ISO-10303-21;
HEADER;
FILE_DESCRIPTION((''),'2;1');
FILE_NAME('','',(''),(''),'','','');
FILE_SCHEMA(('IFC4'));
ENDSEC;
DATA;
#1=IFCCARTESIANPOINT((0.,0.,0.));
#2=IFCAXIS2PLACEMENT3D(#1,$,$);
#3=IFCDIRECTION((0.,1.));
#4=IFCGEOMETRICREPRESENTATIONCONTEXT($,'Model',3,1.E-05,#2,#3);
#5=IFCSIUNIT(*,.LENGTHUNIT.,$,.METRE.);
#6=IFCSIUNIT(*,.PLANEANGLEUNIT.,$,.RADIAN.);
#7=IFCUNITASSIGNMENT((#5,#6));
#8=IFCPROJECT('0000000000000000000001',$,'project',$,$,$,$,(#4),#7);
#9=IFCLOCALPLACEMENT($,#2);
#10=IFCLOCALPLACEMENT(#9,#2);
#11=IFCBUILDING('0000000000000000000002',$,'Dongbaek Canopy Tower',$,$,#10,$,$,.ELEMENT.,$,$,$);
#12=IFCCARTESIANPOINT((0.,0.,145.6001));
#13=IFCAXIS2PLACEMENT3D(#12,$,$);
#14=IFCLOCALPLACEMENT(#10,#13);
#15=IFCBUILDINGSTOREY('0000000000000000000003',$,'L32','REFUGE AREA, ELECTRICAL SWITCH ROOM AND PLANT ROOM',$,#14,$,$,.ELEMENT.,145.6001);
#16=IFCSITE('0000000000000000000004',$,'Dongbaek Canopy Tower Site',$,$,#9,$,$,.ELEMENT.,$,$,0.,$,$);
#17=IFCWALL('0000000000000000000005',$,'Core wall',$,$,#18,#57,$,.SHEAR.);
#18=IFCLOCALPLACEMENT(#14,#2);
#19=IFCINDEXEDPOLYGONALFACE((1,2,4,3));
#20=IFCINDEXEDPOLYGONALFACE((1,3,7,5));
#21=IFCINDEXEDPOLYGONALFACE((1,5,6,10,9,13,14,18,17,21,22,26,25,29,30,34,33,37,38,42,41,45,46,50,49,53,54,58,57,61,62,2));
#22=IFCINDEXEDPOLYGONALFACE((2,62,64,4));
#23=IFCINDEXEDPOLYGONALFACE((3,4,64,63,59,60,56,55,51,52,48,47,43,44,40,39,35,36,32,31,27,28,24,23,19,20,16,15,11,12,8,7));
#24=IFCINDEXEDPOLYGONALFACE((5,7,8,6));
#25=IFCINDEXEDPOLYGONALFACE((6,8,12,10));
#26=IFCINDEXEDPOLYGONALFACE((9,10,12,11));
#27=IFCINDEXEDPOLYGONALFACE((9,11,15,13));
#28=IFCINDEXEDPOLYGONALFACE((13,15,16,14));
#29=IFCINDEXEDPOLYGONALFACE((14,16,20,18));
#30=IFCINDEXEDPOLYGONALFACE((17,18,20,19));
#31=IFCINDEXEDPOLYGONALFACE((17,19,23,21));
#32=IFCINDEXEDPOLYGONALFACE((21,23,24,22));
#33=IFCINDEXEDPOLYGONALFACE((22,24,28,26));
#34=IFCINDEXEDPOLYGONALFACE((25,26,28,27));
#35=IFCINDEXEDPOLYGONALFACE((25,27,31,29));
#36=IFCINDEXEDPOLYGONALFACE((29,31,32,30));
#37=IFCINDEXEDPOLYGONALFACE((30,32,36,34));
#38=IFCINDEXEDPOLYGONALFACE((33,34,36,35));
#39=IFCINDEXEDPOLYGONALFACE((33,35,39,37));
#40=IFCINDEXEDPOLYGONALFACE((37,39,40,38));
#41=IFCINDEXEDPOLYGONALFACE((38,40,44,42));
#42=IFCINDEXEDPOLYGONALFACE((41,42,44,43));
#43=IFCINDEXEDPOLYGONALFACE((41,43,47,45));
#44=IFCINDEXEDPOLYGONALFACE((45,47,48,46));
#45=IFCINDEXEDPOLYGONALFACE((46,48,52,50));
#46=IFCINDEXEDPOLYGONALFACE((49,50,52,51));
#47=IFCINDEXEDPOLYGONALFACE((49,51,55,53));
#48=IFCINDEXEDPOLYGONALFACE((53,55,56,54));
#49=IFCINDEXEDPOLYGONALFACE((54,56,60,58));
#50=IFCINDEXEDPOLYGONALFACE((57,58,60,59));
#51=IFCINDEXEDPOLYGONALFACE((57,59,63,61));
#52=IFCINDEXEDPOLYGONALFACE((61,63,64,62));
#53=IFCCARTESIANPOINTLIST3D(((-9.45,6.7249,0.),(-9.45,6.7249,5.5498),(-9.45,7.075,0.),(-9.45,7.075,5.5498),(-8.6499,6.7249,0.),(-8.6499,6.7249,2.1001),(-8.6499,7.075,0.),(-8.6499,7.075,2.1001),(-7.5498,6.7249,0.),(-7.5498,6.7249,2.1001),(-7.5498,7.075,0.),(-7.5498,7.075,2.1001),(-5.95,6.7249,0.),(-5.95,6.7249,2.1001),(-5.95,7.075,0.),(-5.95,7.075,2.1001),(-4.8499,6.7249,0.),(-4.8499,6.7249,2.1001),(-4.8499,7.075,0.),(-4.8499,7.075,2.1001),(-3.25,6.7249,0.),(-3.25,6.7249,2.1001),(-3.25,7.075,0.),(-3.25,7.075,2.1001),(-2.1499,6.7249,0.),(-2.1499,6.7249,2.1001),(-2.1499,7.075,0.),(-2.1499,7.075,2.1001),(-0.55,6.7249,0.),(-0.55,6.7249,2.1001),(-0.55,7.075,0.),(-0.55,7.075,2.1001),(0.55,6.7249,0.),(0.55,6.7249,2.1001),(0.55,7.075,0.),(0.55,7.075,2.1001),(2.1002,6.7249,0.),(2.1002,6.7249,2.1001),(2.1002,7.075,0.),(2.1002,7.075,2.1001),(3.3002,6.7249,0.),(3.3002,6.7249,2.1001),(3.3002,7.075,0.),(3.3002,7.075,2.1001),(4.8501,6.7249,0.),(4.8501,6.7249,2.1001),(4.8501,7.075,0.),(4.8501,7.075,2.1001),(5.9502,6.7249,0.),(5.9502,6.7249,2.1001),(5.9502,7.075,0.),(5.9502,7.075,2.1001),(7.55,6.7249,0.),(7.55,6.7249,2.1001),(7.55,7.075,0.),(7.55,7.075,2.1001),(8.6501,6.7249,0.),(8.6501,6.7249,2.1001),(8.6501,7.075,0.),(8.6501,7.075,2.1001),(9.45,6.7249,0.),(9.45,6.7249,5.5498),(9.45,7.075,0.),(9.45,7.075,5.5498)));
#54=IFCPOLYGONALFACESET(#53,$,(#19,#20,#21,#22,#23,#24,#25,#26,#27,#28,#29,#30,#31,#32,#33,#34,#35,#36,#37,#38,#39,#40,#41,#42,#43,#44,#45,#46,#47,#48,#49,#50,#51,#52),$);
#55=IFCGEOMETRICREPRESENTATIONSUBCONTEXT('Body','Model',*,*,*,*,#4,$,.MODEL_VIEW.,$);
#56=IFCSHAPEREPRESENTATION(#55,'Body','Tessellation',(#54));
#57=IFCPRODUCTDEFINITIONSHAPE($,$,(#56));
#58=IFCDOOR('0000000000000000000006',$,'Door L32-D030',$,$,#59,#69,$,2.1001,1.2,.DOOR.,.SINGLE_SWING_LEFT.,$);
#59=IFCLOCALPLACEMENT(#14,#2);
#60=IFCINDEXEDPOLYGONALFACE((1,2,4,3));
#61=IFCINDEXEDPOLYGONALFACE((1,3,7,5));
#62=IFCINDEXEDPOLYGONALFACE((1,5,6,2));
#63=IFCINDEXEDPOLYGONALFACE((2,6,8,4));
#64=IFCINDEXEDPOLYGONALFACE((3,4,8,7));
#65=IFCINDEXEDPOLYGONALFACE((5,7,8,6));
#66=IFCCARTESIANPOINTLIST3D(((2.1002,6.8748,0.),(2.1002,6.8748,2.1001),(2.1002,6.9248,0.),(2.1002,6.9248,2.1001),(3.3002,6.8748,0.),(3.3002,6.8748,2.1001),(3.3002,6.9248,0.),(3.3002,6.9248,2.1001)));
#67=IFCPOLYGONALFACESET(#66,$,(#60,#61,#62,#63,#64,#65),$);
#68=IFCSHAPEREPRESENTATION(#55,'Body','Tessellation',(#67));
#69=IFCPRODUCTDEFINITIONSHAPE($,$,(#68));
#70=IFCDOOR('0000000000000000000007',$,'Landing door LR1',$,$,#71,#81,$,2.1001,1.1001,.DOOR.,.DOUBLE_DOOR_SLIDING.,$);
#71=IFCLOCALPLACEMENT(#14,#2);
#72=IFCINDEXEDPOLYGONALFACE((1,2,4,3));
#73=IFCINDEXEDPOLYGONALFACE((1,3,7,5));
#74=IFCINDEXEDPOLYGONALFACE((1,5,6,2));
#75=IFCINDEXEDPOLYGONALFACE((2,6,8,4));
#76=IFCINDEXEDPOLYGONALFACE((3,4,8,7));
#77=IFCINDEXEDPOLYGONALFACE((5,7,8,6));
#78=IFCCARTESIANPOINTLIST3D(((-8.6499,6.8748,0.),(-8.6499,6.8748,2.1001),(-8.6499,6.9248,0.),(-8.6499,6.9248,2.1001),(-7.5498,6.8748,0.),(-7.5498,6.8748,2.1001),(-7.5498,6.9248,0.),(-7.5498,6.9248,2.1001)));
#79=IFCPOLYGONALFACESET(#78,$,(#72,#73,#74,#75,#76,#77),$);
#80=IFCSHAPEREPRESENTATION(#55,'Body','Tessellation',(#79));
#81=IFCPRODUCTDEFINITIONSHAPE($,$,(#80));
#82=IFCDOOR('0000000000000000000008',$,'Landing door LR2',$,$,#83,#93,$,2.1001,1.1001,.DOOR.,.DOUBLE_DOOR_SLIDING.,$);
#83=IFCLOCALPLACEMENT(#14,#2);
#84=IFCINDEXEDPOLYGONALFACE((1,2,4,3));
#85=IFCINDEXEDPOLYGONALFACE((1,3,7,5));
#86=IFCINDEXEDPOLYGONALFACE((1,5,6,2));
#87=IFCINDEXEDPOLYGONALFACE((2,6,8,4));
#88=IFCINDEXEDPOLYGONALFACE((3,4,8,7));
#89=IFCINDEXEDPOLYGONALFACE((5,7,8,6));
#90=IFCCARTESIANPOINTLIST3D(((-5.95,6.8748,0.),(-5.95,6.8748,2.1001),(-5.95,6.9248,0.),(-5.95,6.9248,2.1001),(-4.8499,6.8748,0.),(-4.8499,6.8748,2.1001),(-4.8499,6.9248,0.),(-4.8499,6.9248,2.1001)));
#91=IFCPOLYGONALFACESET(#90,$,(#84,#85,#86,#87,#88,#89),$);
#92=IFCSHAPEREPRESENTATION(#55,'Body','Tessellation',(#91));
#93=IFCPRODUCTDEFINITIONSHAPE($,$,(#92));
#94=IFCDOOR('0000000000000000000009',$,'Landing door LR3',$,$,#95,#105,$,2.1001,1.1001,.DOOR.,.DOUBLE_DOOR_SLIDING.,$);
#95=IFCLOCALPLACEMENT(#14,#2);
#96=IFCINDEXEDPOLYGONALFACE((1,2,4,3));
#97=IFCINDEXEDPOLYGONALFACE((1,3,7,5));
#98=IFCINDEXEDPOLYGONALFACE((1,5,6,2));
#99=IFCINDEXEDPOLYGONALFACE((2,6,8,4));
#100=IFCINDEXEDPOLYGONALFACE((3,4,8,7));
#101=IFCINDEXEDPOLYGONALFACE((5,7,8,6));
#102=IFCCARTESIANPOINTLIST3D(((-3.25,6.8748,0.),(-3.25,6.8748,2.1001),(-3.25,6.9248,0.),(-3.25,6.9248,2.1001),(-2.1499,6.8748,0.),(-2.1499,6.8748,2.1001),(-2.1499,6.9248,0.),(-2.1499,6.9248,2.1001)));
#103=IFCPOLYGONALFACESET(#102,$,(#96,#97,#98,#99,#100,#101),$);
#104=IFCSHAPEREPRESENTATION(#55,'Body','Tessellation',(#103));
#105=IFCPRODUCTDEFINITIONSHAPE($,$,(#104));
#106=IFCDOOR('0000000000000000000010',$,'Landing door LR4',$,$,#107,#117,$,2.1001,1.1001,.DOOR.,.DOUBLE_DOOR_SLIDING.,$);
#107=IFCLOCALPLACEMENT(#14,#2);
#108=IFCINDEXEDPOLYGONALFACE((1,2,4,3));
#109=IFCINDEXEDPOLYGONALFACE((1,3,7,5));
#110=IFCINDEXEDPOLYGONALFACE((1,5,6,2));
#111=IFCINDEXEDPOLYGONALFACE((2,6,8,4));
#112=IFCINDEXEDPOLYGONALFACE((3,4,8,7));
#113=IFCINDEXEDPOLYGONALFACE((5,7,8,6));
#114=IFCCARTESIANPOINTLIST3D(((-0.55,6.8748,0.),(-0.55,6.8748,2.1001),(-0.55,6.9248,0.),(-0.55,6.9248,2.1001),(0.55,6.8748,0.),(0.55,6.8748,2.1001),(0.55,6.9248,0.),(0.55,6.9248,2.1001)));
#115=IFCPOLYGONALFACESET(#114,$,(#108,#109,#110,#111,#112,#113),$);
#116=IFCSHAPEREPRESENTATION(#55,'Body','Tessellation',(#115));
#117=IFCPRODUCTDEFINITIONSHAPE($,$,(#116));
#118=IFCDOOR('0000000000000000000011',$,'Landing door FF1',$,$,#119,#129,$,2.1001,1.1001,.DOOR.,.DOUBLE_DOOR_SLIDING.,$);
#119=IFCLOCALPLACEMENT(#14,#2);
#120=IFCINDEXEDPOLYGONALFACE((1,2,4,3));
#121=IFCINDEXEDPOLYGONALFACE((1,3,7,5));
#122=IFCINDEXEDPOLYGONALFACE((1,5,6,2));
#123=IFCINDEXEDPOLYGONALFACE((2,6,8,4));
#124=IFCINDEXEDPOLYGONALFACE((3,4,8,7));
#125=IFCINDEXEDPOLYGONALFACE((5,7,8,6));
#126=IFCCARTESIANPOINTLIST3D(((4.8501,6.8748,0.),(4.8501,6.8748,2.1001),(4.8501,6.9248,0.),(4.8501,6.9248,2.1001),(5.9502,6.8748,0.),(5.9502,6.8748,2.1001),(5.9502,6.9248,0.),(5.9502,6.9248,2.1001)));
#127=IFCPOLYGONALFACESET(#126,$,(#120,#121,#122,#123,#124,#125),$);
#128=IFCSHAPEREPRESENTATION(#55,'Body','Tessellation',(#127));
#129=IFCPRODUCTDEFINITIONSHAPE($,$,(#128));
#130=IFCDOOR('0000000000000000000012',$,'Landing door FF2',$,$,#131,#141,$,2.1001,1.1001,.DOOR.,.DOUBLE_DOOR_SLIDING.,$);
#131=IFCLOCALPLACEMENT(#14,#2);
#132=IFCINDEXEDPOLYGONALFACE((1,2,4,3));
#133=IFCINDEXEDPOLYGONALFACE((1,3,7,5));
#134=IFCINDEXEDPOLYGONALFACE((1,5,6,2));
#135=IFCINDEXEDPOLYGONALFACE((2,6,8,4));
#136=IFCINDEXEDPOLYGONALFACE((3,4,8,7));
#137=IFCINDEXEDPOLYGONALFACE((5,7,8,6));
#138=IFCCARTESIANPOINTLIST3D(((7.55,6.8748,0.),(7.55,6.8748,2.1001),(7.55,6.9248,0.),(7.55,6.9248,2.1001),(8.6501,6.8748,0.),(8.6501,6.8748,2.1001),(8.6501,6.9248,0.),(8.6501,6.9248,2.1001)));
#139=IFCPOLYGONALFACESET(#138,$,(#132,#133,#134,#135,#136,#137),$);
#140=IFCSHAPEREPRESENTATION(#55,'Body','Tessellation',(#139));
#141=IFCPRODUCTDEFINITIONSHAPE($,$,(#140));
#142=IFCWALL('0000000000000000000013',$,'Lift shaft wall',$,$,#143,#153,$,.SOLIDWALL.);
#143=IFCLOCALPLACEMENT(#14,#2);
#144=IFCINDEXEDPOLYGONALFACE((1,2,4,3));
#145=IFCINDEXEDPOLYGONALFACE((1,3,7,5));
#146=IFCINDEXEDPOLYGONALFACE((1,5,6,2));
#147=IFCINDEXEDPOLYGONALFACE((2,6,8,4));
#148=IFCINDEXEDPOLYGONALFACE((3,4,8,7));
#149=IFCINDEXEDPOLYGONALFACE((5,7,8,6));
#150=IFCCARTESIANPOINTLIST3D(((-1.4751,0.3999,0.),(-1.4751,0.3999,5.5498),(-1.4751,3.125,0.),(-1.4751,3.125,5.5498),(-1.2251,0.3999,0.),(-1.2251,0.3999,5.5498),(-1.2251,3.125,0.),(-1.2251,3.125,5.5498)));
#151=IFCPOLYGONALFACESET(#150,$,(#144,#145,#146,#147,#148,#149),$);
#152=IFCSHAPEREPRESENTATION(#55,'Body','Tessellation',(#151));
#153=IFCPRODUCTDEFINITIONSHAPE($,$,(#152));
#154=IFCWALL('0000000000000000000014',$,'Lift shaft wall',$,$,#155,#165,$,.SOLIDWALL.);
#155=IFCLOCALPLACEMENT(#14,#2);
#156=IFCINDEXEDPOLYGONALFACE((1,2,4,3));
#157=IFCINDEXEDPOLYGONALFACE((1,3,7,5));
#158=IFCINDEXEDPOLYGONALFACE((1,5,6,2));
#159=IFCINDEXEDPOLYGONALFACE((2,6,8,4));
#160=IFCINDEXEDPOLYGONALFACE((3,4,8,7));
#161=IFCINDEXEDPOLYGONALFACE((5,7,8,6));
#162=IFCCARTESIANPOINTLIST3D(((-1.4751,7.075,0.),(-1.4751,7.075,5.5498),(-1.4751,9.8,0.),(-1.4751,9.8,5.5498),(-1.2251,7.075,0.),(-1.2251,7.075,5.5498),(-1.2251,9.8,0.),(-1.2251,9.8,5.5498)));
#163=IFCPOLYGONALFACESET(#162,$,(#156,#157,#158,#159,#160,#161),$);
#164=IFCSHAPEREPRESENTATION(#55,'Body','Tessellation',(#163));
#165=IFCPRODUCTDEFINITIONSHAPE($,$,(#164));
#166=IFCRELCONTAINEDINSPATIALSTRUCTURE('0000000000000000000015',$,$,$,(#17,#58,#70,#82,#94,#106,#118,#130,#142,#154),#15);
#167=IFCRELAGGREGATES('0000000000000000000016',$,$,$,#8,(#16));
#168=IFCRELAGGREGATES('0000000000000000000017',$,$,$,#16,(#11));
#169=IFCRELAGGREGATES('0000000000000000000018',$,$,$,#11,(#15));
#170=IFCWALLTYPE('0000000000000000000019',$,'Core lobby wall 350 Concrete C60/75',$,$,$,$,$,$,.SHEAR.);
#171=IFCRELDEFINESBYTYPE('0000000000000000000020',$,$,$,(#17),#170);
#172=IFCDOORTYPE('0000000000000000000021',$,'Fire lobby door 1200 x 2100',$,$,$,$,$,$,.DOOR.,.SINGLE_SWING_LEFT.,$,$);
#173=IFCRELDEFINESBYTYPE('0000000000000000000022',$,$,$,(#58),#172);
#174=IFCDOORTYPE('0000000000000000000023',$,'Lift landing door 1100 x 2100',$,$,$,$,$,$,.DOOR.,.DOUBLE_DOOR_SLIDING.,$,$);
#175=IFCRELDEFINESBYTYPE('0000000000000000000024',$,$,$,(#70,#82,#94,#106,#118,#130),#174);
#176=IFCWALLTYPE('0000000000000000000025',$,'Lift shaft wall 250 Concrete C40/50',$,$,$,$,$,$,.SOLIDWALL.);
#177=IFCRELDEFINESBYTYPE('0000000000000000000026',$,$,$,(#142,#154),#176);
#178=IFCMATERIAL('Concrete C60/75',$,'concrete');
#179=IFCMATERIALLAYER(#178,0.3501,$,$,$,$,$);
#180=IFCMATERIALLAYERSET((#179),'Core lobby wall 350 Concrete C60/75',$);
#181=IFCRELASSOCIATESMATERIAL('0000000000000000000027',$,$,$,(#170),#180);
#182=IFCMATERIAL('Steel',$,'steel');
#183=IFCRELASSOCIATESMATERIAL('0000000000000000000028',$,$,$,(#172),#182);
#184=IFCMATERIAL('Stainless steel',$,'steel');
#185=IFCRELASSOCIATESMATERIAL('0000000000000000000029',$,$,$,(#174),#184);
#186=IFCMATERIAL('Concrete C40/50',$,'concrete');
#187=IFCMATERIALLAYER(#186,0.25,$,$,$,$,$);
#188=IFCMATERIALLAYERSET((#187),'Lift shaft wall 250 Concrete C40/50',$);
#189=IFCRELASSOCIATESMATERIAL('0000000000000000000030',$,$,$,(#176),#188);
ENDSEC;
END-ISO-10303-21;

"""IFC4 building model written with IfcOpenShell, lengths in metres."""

from ifc_helpers import new_model, si_unit, direction, frame, frame_2d, origin, place, context, subcontext, project, spatial, rectangle, extrude, material, layer, layer_set, type_object, element, fill, save


model = new_model("IFC4")

# Units and contexts
model_context = context("Model", 3, precision=1e-05, world=origin(), true_north=direction((0.0, 1.0)))
body_context = subcontext(model_context, "Body", "Model", "MODEL_VIEW")
ifc_project = project(units=[si_unit("LENGTHUNIT", "METRE"), si_unit("PLANEANGLEUNIT", "RADIAN")], contexts=[model_context])

# Site, building, storey
site_placement = place(None, origin())
site = spatial("IfcSite", under=ifc_project, at=site_placement, Name="Dongbaek Canopy Tower Site", CompositionType="ELEMENT", RefElevation=0.0)
building_placement = place(site_placement, origin())
building = spatial("IfcBuilding", under=site, at=building_placement, Name="Dongbaek Canopy Tower", CompositionType="ELEMENT")
storey_placement = place(building_placement, frame((0.0, 0.0, 145.6001)))
storey = spatial("IfcBuildingStorey", under=building, at=storey_placement, Name="L32", Description="REFUGE AREA, ELECTRICAL SWITCH ROOM AND PLANT ROOM", CompositionType="ELEMENT", Elevation=145.6001)

# Wall, openings, doors
ifc_material_1 = material(Name="Concrete C60/75", Category="concrete")
ifc_layer_1 = layer(ifc_material_1, 0.3501)
ifc_layer_set_1 = layer_set([ifc_layer_1], Name="Core lobby wall 350 Concrete C60/75")
wall_type_1 = type_object("IfcWallType", Name="Core lobby wall 350 Concrete C60/75", PredefinedType="SHEAR", material=ifc_layer_set_1)
wall_1_placement = place(storey_placement, frame((-9.45, 6.8999, 0.0), z_axis=(0.0, 0.0, 1.0), x_axis=(1.0, 0.0, 0.0)))
wall_1 = element("IfcWall", 1, at=wall_1_placement, inside=storey, type_object=wall_type_1, Name="Core wall", PredefinedType="SHEAR", context=body_context, shape_type="SweptSolid", body=[
    extrude(rectangle(XDim=18.8999, YDim=0.3501, at=frame_2d((9.45, 0.0))), origin(), (0.0, 0.0, 1.0), 5.5498),
])
opening_1_placement = place(wall_1_placement, frame((0.8, 0.0, 0.0)))
opening_1 = element("IfcOpeningElement", 2, at=opening_1_placement, cuts=wall_1, PredefinedType="OPENING", context=body_context, shape_type="SweptSolid", body=[
    extrude(rectangle(XDim=1.1001, YDim=2.1001, at=frame_2d((0.55, 1.05))), frame((0.0, 0.1851, 0.0), z_axis=(0.0, -1.0, 0.0), x_axis=(1.0, 0.0, 0.0)), (0.0, 0.0, 1.0), 0.3701),
])
opening_2_placement = place(wall_1_placement, frame((3.5, 0.0, 0.0)))
opening_2 = element("IfcOpeningElement", 3, at=opening_2_placement, cuts=wall_1, PredefinedType="OPENING", context=body_context, shape_type="SweptSolid", body=[
    extrude(rectangle(XDim=1.1001, YDim=2.1001, at=frame_2d((0.55, 1.05))), frame((0.0, 0.1851, 0.0), z_axis=(0.0, -1.0, 0.0), x_axis=(1.0, 0.0, 0.0)), (0.0, 0.0, 1.0), 0.3701),
])
opening_3_placement = place(wall_1_placement, frame((6.2, 0.0, 0.0)))
opening_3 = element("IfcOpeningElement", 4, at=opening_3_placement, cuts=wall_1, PredefinedType="OPENING", context=body_context, shape_type="SweptSolid", body=[
    extrude(rectangle(XDim=1.1001, YDim=2.1001, at=frame_2d((0.55, 1.05))), frame((0.0, 0.1851, 0.0), z_axis=(0.0, -1.0, 0.0), x_axis=(1.0, 0.0, 0.0)), (0.0, 0.0, 1.0), 0.3701),
])
opening_4_placement = place(wall_1_placement, frame((8.8999, 0.0, 0.0)))
opening_4 = element("IfcOpeningElement", 5, at=opening_4_placement, cuts=wall_1, PredefinedType="OPENING", context=body_context, shape_type="SweptSolid", body=[
    extrude(rectangle(XDim=1.1001, YDim=2.1001, at=frame_2d((0.55, 1.05))), frame((0.0, 0.1851, 0.0), z_axis=(0.0, -1.0, 0.0), x_axis=(1.0, 0.0, 0.0)), (0.0, 0.0, 1.0), 0.3701),
])
opening_5_placement = place(wall_1_placement, frame((11.55, 0.0, 0.0)))
opening_5 = element("IfcOpeningElement", 6, at=opening_5_placement, cuts=wall_1, PredefinedType="OPENING", context=body_context, shape_type="SweptSolid", body=[
    extrude(rectangle(XDim=1.2, YDim=2.1001, at=frame_2d((0.6001, 1.05))), frame((0.0, 0.1851, 0.0), z_axis=(0.0, -1.0, 0.0), x_axis=(1.0, 0.0, 0.0)), (0.0, 0.0, 1.0), 0.3701),
])
opening_6_placement = place(wall_1_placement, frame((14.3, 0.0, 0.0)))
opening_6 = element("IfcOpeningElement", 7, at=opening_6_placement, cuts=wall_1, PredefinedType="OPENING", context=body_context, shape_type="SweptSolid", body=[
    extrude(rectangle(XDim=1.1001, YDim=2.1001, at=frame_2d((0.55, 1.05))), frame((0.0, 0.1851, 0.0), z_axis=(0.0, -1.0, 0.0), x_axis=(1.0, 0.0, 0.0)), (0.0, 0.0, 1.0), 0.3701),
])
opening_7_placement = place(wall_1_placement, frame((17.0, 0.0, 0.0)))
opening_7 = element("IfcOpeningElement", 8, at=opening_7_placement, cuts=wall_1, PredefinedType="OPENING", context=body_context, shape_type="SweptSolid", body=[
    extrude(rectangle(XDim=1.1001, YDim=2.1001, at=frame_2d((0.55, 1.05))), frame((0.0, 0.1851, 0.0), z_axis=(0.0, -1.0, 0.0), x_axis=(1.0, 0.0, 0.0)), (0.0, 0.0, 1.0), 0.3701),
])
ifc_material_2 = material(Name="Steel", Category="steel")
door_type_1 = type_object("IfcDoorType", Name="Fire lobby door 1200 x 2100", OperationType="SINGLE_SWING_LEFT", PredefinedType="DOOR", material=ifc_material_2)
door_1_placement = place(opening_5_placement, origin())
door_1 = element("IfcDoor", 9, at=door_1_placement, inside=storey, type_object=door_type_1, Name="Door L32-D030", OperationType="SINGLE_SWING_LEFT", OverallHeight=2.1001, OverallWidth=1.2, PredefinedType="DOOR", context=body_context, shape_type="SweptSolid", body=[
    extrude(rectangle(XDim=1.2, YDim=2.1001, at=frame_2d((0.6001, 1.05))), frame((0.0, 0.0249, 0.0), z_axis=(0.0, -1.0, 0.0), x_axis=(1.0, 0.0, 0.0)), (0.0, 0.0, 1.0), 0.05),
])
fill(opening_5, door_1)
ifc_material_3 = material(Name="Stainless steel", Category="steel")
door_type_2 = type_object("IfcDoorType", Name="Lift landing door 1100 x 2100", OperationType="DOUBLE_DOOR_SLIDING", PredefinedType="DOOR", material=ifc_material_3)
door_2_placement = place(opening_1_placement, origin())
door_2 = element("IfcDoor", 10, at=door_2_placement, inside=storey, type_object=door_type_2, Name="Landing door LR1", OperationType="DOUBLE_DOOR_SLIDING", OverallHeight=2.1001, OverallWidth=1.1001, PredefinedType="DOOR", context=body_context, shape_type="SweptSolid", body=[
    extrude(rectangle(XDim=1.1001, YDim=2.1001, at=frame_2d((0.55, 1.05))), frame((0.0, 0.0249, 0.0), z_axis=(0.0, -1.0, 0.0), x_axis=(1.0, 0.0, 0.0)), (0.0, 0.0, 1.0), 0.05),
])
fill(opening_1, door_2)
door_3_placement = place(opening_2_placement, origin())
door_3 = element("IfcDoor", 11, at=door_3_placement, inside=storey, type_object=door_type_2, Name="Landing door LR2", OperationType="DOUBLE_DOOR_SLIDING", OverallHeight=2.1001, OverallWidth=1.1001, PredefinedType="DOOR", context=body_context, shape_type="SweptSolid", body=[
    extrude(rectangle(XDim=1.1001, YDim=2.1001, at=frame_2d((0.55, 1.05))), frame((0.0, 0.0249, 0.0), z_axis=(0.0, -1.0, 0.0), x_axis=(1.0, 0.0, 0.0)), (0.0, 0.0, 1.0), 0.05),
])
fill(opening_2, door_3)
door_4_placement = place(opening_3_placement, origin())
door_4 = element("IfcDoor", 12, at=door_4_placement, inside=storey, type_object=door_type_2, Name="Landing door LR3", OperationType="DOUBLE_DOOR_SLIDING", OverallHeight=2.1001, OverallWidth=1.1001, PredefinedType="DOOR", context=body_context, shape_type="SweptSolid", body=[
    extrude(rectangle(XDim=1.1001, YDim=2.1001, at=frame_2d((0.55, 1.05))), frame((0.0, 0.0249, 0.0), z_axis=(0.0, -1.0, 0.0), x_axis=(1.0, 0.0, 0.0)), (0.0, 0.0, 1.0), 0.05),
])
fill(opening_3, door_4)
door_5_placement = place(opening_4_placement, origin())
door_5 = element("IfcDoor", 13, at=door_5_placement, inside=storey, type_object=door_type_2, Name="Landing door LR4", OperationType="DOUBLE_DOOR_SLIDING", OverallHeight=2.1001, OverallWidth=1.1001, PredefinedType="DOOR", context=body_context, shape_type="SweptSolid", body=[
    extrude(rectangle(XDim=1.1001, YDim=2.1001, at=frame_2d((0.55, 1.05))), frame((0.0, 0.0249, 0.0), z_axis=(0.0, -1.0, 0.0), x_axis=(1.0, 0.0, 0.0)), (0.0, 0.0, 1.0), 0.05),
])
fill(opening_4, door_5)
door_6_placement = place(opening_6_placement, origin())
door_6 = element("IfcDoor", 14, at=door_6_placement, inside=storey, type_object=door_type_2, Name="Landing door FF1", OperationType="DOUBLE_DOOR_SLIDING", OverallHeight=2.1001, OverallWidth=1.1001, PredefinedType="DOOR", context=body_context, shape_type="SweptSolid", body=[
    extrude(rectangle(XDim=1.1001, YDim=2.1001, at=frame_2d((0.55, 1.05))), frame((0.0, 0.0249, 0.0), z_axis=(0.0, -1.0, 0.0), x_axis=(1.0, 0.0, 0.0)), (0.0, 0.0, 1.0), 0.05),
])
fill(opening_6, door_6)
door_7_placement = place(opening_7_placement, origin())
door_7 = element("IfcDoor", 15, at=door_7_placement, inside=storey, type_object=door_type_2, Name="Landing door FF2", OperationType="DOUBLE_DOOR_SLIDING", OverallHeight=2.1001, OverallWidth=1.1001, PredefinedType="DOOR", context=body_context, shape_type="SweptSolid", body=[
    extrude(rectangle(XDim=1.1001, YDim=2.1001, at=frame_2d((0.55, 1.05))), frame((0.0, 0.0249, 0.0), z_axis=(0.0, -1.0, 0.0), x_axis=(1.0, 0.0, 0.0)), (0.0, 0.0, 1.0), 0.05),
])
fill(opening_7, door_7)

# Walls
ifc_material_4 = material(Name="Concrete C40/50", Category="concrete")
ifc_layer_2 = layer(ifc_material_4, 0.25)
ifc_layer_set_2 = layer_set([ifc_layer_2], Name="Lift shaft wall 250 Concrete C40/50")
wall_type_2 = type_object("IfcWallType", Name="Lift shaft wall 250 Concrete C40/50", PredefinedType="SOLIDWALL", material=ifc_layer_set_2)
for number, where, z_axis, x_axis, name in (
    (16, (-1.3501, 0.3999, 0.0), (0.0, 0.0, 1.0), (0.0, 1.0, 0.0), "Lift shaft wall"),
    (17, (-1.3501, 7.075, 0.0), (0.0, 0.0, 1.0), (0.0, 1.0, 0.0), "Lift shaft wall"),
):
    element("IfcWall", number, at=place(storey_placement, frame(where, z_axis=z_axis, x_axis=x_axis)), inside=storey, type_object=wall_type_2, Name=name, PredefinedType="SOLIDWALL", context=body_context, shape_type="SweptSolid", body=[
        extrude(rectangle(XDim=2.7251, YDim=0.25, at=frame_2d((1.3625, 0.0))), origin(), (0.0, 0.0, 1.0), 5.5498),
    ])

save(model, "model.ifc")
